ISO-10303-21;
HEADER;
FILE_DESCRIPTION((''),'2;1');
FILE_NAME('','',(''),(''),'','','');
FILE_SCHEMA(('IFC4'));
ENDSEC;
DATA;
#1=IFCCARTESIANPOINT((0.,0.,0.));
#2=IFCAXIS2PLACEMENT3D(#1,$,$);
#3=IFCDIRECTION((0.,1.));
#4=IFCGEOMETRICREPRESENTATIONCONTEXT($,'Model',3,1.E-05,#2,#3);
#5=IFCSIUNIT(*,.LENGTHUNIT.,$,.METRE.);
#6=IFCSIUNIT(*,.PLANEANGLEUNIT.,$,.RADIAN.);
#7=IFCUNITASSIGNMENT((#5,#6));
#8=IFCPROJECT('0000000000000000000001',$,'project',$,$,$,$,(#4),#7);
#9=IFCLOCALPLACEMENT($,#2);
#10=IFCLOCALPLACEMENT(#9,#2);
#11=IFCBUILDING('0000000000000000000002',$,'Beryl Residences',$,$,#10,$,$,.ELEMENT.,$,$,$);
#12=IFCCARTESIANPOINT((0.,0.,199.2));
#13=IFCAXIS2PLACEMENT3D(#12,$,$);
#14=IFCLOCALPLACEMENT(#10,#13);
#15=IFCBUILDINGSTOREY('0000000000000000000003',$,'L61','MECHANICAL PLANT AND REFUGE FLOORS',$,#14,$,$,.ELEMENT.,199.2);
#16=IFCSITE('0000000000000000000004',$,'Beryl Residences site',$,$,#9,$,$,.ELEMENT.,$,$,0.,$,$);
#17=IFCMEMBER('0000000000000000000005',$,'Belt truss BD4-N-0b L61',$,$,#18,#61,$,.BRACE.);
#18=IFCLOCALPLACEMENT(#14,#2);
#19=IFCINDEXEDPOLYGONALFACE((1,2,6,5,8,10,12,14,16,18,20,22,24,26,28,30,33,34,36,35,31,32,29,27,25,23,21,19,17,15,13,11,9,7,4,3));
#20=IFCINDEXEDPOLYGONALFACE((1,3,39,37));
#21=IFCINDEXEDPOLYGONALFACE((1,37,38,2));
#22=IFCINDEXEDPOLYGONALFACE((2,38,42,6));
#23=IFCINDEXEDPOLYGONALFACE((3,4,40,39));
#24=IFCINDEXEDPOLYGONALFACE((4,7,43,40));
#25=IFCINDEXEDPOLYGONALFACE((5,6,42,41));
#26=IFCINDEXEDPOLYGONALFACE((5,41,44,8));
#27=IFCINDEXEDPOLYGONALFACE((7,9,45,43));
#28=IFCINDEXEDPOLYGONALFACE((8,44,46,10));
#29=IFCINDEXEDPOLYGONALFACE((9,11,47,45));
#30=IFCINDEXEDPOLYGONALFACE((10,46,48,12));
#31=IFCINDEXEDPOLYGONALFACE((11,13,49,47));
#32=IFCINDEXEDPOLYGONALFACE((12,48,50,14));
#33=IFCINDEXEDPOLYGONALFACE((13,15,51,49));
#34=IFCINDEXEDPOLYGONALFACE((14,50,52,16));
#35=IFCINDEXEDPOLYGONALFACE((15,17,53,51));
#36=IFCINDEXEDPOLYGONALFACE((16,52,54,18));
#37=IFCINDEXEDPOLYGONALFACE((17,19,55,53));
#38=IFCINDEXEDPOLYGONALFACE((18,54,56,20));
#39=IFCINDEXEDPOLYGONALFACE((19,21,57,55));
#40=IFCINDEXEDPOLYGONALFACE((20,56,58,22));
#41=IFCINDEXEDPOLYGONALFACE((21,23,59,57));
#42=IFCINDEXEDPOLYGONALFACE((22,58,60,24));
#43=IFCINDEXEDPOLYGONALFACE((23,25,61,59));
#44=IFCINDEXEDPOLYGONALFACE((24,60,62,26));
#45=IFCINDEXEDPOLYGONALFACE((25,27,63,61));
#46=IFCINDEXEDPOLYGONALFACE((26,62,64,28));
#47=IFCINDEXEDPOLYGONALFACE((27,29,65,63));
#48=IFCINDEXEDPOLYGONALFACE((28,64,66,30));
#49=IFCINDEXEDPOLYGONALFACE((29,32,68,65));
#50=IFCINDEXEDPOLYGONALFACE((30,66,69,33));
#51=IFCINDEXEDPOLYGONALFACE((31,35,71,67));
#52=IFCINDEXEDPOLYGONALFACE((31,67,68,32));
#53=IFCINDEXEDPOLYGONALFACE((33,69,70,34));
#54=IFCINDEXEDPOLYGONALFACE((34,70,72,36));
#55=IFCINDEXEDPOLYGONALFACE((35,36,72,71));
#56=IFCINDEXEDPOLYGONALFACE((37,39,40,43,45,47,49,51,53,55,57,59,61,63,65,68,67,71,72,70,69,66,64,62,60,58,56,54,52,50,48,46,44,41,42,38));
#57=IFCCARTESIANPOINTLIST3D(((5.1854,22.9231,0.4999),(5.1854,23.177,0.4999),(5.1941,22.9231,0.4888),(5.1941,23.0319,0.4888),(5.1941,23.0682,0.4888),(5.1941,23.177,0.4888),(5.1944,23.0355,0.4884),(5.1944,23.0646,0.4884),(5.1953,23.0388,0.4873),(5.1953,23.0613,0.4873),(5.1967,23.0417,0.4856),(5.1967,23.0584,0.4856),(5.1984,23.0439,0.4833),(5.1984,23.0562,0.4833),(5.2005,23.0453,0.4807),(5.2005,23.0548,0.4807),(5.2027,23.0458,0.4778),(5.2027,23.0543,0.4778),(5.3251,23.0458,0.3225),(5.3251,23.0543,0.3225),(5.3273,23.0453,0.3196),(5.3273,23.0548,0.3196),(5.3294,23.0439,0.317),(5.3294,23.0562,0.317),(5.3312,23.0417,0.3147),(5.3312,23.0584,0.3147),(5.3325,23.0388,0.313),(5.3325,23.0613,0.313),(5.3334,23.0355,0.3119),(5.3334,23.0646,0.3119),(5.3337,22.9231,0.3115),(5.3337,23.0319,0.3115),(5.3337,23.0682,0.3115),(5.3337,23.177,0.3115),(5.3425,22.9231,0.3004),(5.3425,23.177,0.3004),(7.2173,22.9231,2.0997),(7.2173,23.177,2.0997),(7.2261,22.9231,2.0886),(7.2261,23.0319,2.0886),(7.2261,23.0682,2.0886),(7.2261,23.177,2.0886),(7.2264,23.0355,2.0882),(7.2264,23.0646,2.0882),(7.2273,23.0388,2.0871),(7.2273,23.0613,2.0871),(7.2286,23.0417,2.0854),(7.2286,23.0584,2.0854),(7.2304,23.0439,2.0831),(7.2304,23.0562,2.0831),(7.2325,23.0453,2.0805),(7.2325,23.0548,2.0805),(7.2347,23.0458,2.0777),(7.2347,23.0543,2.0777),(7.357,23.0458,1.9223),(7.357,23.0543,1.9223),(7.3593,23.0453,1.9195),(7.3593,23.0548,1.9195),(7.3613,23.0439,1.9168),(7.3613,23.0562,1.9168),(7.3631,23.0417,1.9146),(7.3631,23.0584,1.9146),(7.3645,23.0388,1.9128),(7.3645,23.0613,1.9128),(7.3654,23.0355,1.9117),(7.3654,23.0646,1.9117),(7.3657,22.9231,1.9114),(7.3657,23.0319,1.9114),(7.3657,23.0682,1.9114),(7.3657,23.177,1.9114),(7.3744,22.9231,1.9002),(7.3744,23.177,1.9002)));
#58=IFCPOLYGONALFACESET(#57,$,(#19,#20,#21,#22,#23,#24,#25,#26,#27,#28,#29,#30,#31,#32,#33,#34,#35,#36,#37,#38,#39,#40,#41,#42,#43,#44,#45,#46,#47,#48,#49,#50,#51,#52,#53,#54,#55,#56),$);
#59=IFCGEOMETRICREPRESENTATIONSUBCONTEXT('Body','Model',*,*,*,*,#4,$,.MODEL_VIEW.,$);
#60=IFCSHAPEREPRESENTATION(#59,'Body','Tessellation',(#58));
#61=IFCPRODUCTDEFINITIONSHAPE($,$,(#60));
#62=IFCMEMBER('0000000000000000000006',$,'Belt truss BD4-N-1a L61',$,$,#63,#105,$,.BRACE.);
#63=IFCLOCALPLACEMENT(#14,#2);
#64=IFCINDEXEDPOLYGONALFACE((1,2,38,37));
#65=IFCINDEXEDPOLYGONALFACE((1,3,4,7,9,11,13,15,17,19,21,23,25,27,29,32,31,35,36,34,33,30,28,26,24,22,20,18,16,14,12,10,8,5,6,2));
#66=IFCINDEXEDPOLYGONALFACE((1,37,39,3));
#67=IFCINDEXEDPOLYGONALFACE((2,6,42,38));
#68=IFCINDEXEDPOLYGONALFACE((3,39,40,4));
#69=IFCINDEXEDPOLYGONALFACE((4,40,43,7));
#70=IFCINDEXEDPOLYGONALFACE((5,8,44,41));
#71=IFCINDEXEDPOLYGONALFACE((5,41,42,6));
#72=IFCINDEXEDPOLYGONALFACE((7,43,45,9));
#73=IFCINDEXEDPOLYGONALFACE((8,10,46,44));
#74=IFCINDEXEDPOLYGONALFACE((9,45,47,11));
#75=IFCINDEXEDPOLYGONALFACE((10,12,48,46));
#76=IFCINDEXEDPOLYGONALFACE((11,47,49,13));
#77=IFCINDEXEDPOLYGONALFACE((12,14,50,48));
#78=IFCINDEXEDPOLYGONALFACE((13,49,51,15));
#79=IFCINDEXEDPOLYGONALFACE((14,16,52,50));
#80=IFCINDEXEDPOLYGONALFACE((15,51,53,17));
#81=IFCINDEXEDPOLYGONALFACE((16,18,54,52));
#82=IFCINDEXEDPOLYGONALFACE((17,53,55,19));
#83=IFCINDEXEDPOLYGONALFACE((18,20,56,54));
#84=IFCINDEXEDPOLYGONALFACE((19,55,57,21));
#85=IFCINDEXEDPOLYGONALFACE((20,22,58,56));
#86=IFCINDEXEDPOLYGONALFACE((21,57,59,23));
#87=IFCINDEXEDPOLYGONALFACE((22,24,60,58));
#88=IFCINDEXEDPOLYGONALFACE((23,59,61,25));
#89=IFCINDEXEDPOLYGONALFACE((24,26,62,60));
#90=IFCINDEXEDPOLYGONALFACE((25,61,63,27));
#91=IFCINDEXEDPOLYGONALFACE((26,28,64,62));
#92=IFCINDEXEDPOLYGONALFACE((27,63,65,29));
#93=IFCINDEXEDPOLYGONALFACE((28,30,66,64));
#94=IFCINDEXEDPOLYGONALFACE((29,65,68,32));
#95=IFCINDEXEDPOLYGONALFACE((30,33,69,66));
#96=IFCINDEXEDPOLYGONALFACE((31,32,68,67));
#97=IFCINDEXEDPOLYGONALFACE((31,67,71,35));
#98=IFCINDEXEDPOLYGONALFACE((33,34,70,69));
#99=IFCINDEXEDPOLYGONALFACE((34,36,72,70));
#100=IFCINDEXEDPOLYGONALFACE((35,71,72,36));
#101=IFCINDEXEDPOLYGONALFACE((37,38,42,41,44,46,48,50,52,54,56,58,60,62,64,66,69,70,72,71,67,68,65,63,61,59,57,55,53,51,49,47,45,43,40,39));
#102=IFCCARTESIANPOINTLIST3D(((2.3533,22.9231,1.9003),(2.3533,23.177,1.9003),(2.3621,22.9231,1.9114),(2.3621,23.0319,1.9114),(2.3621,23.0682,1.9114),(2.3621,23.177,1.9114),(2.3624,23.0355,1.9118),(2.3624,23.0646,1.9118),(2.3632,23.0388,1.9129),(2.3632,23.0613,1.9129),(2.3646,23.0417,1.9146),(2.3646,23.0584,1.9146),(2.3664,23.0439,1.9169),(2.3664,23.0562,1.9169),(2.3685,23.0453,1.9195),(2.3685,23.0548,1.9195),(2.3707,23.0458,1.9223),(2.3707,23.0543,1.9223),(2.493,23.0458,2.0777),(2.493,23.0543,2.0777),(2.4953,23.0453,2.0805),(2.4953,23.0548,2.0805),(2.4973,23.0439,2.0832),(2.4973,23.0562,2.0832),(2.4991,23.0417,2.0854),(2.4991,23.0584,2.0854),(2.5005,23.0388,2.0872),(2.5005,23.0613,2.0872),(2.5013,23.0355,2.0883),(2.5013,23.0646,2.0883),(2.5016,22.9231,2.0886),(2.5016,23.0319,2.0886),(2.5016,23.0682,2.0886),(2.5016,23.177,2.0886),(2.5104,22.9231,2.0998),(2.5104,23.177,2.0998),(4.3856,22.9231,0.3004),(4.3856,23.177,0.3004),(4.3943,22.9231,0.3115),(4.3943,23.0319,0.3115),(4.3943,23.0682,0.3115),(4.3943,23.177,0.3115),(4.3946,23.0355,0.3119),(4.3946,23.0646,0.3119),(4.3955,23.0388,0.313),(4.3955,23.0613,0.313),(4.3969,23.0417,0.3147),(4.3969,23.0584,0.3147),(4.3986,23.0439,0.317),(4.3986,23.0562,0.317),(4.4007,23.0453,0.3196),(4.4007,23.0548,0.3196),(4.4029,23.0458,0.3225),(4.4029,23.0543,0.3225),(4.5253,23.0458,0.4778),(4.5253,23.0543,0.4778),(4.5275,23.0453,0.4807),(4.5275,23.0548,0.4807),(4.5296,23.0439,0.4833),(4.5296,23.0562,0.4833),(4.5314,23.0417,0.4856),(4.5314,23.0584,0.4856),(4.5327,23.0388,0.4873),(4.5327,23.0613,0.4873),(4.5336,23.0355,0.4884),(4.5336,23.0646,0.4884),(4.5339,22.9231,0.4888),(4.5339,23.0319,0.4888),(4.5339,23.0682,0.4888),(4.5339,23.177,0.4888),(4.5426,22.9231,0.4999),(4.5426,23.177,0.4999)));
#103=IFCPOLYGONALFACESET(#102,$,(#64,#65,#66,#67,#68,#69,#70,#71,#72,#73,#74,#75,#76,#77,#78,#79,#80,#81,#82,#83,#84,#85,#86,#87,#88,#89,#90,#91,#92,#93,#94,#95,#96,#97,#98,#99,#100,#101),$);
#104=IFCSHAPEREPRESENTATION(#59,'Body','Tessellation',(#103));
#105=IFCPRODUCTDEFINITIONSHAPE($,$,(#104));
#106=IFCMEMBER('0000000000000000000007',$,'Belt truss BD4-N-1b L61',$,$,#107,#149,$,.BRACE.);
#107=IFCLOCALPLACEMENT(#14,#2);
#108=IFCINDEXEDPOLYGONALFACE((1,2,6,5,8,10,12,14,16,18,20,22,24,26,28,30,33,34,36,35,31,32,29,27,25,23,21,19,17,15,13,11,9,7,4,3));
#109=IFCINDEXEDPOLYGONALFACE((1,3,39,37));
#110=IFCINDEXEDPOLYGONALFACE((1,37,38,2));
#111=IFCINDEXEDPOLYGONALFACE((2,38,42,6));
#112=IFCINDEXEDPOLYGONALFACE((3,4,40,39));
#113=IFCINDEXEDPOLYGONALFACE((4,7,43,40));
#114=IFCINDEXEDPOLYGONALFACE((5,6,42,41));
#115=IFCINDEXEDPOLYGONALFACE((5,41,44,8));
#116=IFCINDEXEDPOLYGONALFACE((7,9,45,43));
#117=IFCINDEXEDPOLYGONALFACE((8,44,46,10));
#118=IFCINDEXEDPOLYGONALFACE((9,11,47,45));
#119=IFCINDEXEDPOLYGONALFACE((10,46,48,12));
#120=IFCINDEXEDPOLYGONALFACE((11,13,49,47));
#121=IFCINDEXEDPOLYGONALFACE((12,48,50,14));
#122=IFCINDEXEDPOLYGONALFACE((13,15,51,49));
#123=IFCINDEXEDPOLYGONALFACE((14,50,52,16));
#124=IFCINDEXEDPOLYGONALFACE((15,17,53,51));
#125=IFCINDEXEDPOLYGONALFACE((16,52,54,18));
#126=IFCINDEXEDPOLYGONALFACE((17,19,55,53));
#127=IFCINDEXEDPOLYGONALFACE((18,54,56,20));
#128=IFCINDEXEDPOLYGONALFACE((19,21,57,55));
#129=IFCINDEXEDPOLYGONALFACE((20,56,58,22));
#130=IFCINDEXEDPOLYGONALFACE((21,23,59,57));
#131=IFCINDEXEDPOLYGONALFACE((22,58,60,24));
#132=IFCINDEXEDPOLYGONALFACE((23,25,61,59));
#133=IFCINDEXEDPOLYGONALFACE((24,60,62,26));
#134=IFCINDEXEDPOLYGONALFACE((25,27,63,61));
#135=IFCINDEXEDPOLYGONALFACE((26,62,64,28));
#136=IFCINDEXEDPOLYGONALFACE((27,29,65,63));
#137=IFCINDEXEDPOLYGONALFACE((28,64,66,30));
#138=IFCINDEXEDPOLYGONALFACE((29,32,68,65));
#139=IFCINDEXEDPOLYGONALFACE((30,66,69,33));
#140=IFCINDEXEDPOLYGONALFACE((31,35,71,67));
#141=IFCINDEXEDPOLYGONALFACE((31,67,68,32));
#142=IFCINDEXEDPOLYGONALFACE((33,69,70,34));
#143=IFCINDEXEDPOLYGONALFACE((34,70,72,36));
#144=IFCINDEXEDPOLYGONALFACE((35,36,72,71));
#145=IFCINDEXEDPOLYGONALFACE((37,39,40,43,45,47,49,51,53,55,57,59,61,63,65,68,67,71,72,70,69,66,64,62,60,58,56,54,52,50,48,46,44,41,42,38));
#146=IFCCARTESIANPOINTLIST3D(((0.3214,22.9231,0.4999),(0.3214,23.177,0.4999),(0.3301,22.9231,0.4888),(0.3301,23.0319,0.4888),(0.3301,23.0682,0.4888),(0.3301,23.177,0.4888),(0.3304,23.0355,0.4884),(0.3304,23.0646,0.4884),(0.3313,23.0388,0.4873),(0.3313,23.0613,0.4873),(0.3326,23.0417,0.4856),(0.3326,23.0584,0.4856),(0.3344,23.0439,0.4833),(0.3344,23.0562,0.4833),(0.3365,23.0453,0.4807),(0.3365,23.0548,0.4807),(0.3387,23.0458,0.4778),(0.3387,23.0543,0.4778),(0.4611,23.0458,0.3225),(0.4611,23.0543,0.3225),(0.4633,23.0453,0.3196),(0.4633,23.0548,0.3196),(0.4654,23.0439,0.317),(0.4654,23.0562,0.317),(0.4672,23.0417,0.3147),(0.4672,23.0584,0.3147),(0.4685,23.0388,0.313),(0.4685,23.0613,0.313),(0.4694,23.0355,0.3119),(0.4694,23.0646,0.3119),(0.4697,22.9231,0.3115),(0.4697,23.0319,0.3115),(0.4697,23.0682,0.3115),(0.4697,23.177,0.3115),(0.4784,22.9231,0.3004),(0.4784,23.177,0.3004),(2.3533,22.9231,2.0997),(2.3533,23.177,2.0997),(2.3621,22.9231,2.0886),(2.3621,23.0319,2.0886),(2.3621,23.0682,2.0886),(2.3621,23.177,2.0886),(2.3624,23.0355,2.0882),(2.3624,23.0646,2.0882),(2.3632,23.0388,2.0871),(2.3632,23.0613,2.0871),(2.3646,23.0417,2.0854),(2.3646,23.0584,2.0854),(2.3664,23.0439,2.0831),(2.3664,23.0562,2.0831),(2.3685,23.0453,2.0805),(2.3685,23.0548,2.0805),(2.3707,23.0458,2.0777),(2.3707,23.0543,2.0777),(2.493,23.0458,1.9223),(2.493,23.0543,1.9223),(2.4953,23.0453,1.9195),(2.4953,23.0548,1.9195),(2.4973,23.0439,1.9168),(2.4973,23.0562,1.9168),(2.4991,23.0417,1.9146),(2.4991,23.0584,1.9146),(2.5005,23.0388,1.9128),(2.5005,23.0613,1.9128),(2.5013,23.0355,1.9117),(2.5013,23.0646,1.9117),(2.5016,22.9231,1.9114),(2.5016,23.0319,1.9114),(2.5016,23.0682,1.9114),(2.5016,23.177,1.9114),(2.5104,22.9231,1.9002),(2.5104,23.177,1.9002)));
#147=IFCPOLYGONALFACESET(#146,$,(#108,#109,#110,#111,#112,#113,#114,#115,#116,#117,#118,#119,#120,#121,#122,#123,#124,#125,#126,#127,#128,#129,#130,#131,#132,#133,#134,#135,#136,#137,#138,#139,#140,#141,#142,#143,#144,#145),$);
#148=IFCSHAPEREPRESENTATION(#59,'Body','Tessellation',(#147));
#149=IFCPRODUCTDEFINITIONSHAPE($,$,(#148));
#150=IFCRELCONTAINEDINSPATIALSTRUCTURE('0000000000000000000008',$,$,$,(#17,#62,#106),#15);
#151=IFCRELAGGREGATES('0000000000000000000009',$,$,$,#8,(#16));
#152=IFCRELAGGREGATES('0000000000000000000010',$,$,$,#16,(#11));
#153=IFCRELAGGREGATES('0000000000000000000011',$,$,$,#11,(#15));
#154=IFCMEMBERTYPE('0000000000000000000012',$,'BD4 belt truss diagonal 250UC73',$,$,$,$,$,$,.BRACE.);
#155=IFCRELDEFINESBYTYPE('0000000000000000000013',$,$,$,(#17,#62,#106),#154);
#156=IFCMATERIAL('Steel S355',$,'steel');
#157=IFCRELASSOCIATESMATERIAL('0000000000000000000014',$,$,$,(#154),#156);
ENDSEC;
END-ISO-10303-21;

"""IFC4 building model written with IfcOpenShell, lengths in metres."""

from ifc_helpers import new_model, si_unit, direction, frame, origin, origin_2d, place, context, subcontext, project, spatial, i_section, extrude, material, material_profile, profile_set, type_object, element, save


model = new_model("IFC4")

# Units and contexts
model_context = context("Model", 3, precision=1e-05, world=origin(), true_north=direction((0.0, 1.0)))
body_context = subcontext(model_context, "Body", "Model", "MODEL_VIEW")
ifc_project = project(units=[si_unit("LENGTHUNIT", "METRE"), si_unit("PLANEANGLEUNIT", "RADIAN")], contexts=[model_context])

# Site, building, storey
site_placement = place(None, origin())
site = spatial("IfcSite", under=ifc_project, at=site_placement, Name="Beryl Residences site", CompositionType="ELEMENT", RefElevation=0.0)
building_placement = place(site_placement, origin())
building = spatial("IfcBuilding", under=site, at=building_placement, Name="Beryl Residences", CompositionType="ELEMENT")
storey_placement = place(building_placement, frame((0.0, 0.0, 199.2)))
storey = spatial("IfcBuildingStorey", under=building, at=storey_placement, Name="L61", Description="MECHANICAL PLANT AND REFUGE FLOORS", CompositionType="ELEMENT", Elevation=199.2)

# Members
ifc_material_1 = material(Name="Steel S355", Category="steel")
ifc_material_profile_1 = material_profile(ifc_material_1, i_section(OverallWidth=0.2539, OverallDepth=0.2539, WebThickness=0.0085, FlangeThickness=0.0142, FilletRadius=0.0139, at=origin_2d()))
ifc_profile_set_1 = profile_set([ifc_material_profile_1], Name="Steel S355")
member_type_1 = type_object("IfcMemberType", Name="BD4 belt truss diagonal 250UC73", PredefinedType="BRACE", material=ifc_profile_set_1)
for number, where, z_axis, x_axis, name in (
    (1, (5.2639, 23.05, 0.4001), (0.785699, 0.0, 0.618609), (0.0, 1.0, 0.0), "Belt truss BD4-N-0b L61"),
):
    element("IfcMember", number, at=place(storey_placement, frame(where, z_axis=z_axis, x_axis=x_axis)), inside=storey, type_object=member_type_1, Name=name, PredefinedType="BRACE", context=body_context, shape_type="SweptSolid", body=[
        extrude(i_section(OverallWidth=0.2539, OverallDepth=0.2539, WebThickness=0.0085, FlangeThickness=0.0142, FilletRadius=0.0139, at=origin_2d()), origin(), (0.0, 0.0, 1.0), 2.5862),
    ])
member_1_placement = place(storey_placement, frame((4.4641, 23.05, 0.4001), z_axis=(-0.785735, 0.0, 0.618563), x_axis=(0.0, -1.0, 0.0)))
element("IfcMember", 2, at=member_1_placement, inside=storey, type_object=member_type_1, Name="Belt truss BD4-N-1a L61", PredefinedType="BRACE", context=body_context, shape_type="SweptSolid", body=[
    extrude(i_section(OverallWidth=0.2539, OverallDepth=0.2539, WebThickness=0.0085, FlangeThickness=0.0142, FilletRadius=0.0139, at=origin_2d()), origin(), (0.0, 0.0, 1.0), 2.5864),
])
member_2_placement = place(storey_placement, frame((0.3999, 23.05, 0.4001), z_axis=(0.785699, 0.0, 0.618609), x_axis=(0.0, 1.0, 0.0)))
element("IfcMember", 3, at=member_2_placement, inside=storey, type_object=member_type_1, Name="Belt truss BD4-N-1b L61", PredefinedType="BRACE", context=body_context, shape_type="SweptSolid", body=[
    extrude(i_section(OverallWidth=0.2539, OverallDepth=0.2539, WebThickness=0.0085, FlangeThickness=0.0142, FilletRadius=0.0139, at=origin_2d()), origin(), (0.0, 0.0, 1.0), 2.5862),
])

save(model, "model.ifc")
